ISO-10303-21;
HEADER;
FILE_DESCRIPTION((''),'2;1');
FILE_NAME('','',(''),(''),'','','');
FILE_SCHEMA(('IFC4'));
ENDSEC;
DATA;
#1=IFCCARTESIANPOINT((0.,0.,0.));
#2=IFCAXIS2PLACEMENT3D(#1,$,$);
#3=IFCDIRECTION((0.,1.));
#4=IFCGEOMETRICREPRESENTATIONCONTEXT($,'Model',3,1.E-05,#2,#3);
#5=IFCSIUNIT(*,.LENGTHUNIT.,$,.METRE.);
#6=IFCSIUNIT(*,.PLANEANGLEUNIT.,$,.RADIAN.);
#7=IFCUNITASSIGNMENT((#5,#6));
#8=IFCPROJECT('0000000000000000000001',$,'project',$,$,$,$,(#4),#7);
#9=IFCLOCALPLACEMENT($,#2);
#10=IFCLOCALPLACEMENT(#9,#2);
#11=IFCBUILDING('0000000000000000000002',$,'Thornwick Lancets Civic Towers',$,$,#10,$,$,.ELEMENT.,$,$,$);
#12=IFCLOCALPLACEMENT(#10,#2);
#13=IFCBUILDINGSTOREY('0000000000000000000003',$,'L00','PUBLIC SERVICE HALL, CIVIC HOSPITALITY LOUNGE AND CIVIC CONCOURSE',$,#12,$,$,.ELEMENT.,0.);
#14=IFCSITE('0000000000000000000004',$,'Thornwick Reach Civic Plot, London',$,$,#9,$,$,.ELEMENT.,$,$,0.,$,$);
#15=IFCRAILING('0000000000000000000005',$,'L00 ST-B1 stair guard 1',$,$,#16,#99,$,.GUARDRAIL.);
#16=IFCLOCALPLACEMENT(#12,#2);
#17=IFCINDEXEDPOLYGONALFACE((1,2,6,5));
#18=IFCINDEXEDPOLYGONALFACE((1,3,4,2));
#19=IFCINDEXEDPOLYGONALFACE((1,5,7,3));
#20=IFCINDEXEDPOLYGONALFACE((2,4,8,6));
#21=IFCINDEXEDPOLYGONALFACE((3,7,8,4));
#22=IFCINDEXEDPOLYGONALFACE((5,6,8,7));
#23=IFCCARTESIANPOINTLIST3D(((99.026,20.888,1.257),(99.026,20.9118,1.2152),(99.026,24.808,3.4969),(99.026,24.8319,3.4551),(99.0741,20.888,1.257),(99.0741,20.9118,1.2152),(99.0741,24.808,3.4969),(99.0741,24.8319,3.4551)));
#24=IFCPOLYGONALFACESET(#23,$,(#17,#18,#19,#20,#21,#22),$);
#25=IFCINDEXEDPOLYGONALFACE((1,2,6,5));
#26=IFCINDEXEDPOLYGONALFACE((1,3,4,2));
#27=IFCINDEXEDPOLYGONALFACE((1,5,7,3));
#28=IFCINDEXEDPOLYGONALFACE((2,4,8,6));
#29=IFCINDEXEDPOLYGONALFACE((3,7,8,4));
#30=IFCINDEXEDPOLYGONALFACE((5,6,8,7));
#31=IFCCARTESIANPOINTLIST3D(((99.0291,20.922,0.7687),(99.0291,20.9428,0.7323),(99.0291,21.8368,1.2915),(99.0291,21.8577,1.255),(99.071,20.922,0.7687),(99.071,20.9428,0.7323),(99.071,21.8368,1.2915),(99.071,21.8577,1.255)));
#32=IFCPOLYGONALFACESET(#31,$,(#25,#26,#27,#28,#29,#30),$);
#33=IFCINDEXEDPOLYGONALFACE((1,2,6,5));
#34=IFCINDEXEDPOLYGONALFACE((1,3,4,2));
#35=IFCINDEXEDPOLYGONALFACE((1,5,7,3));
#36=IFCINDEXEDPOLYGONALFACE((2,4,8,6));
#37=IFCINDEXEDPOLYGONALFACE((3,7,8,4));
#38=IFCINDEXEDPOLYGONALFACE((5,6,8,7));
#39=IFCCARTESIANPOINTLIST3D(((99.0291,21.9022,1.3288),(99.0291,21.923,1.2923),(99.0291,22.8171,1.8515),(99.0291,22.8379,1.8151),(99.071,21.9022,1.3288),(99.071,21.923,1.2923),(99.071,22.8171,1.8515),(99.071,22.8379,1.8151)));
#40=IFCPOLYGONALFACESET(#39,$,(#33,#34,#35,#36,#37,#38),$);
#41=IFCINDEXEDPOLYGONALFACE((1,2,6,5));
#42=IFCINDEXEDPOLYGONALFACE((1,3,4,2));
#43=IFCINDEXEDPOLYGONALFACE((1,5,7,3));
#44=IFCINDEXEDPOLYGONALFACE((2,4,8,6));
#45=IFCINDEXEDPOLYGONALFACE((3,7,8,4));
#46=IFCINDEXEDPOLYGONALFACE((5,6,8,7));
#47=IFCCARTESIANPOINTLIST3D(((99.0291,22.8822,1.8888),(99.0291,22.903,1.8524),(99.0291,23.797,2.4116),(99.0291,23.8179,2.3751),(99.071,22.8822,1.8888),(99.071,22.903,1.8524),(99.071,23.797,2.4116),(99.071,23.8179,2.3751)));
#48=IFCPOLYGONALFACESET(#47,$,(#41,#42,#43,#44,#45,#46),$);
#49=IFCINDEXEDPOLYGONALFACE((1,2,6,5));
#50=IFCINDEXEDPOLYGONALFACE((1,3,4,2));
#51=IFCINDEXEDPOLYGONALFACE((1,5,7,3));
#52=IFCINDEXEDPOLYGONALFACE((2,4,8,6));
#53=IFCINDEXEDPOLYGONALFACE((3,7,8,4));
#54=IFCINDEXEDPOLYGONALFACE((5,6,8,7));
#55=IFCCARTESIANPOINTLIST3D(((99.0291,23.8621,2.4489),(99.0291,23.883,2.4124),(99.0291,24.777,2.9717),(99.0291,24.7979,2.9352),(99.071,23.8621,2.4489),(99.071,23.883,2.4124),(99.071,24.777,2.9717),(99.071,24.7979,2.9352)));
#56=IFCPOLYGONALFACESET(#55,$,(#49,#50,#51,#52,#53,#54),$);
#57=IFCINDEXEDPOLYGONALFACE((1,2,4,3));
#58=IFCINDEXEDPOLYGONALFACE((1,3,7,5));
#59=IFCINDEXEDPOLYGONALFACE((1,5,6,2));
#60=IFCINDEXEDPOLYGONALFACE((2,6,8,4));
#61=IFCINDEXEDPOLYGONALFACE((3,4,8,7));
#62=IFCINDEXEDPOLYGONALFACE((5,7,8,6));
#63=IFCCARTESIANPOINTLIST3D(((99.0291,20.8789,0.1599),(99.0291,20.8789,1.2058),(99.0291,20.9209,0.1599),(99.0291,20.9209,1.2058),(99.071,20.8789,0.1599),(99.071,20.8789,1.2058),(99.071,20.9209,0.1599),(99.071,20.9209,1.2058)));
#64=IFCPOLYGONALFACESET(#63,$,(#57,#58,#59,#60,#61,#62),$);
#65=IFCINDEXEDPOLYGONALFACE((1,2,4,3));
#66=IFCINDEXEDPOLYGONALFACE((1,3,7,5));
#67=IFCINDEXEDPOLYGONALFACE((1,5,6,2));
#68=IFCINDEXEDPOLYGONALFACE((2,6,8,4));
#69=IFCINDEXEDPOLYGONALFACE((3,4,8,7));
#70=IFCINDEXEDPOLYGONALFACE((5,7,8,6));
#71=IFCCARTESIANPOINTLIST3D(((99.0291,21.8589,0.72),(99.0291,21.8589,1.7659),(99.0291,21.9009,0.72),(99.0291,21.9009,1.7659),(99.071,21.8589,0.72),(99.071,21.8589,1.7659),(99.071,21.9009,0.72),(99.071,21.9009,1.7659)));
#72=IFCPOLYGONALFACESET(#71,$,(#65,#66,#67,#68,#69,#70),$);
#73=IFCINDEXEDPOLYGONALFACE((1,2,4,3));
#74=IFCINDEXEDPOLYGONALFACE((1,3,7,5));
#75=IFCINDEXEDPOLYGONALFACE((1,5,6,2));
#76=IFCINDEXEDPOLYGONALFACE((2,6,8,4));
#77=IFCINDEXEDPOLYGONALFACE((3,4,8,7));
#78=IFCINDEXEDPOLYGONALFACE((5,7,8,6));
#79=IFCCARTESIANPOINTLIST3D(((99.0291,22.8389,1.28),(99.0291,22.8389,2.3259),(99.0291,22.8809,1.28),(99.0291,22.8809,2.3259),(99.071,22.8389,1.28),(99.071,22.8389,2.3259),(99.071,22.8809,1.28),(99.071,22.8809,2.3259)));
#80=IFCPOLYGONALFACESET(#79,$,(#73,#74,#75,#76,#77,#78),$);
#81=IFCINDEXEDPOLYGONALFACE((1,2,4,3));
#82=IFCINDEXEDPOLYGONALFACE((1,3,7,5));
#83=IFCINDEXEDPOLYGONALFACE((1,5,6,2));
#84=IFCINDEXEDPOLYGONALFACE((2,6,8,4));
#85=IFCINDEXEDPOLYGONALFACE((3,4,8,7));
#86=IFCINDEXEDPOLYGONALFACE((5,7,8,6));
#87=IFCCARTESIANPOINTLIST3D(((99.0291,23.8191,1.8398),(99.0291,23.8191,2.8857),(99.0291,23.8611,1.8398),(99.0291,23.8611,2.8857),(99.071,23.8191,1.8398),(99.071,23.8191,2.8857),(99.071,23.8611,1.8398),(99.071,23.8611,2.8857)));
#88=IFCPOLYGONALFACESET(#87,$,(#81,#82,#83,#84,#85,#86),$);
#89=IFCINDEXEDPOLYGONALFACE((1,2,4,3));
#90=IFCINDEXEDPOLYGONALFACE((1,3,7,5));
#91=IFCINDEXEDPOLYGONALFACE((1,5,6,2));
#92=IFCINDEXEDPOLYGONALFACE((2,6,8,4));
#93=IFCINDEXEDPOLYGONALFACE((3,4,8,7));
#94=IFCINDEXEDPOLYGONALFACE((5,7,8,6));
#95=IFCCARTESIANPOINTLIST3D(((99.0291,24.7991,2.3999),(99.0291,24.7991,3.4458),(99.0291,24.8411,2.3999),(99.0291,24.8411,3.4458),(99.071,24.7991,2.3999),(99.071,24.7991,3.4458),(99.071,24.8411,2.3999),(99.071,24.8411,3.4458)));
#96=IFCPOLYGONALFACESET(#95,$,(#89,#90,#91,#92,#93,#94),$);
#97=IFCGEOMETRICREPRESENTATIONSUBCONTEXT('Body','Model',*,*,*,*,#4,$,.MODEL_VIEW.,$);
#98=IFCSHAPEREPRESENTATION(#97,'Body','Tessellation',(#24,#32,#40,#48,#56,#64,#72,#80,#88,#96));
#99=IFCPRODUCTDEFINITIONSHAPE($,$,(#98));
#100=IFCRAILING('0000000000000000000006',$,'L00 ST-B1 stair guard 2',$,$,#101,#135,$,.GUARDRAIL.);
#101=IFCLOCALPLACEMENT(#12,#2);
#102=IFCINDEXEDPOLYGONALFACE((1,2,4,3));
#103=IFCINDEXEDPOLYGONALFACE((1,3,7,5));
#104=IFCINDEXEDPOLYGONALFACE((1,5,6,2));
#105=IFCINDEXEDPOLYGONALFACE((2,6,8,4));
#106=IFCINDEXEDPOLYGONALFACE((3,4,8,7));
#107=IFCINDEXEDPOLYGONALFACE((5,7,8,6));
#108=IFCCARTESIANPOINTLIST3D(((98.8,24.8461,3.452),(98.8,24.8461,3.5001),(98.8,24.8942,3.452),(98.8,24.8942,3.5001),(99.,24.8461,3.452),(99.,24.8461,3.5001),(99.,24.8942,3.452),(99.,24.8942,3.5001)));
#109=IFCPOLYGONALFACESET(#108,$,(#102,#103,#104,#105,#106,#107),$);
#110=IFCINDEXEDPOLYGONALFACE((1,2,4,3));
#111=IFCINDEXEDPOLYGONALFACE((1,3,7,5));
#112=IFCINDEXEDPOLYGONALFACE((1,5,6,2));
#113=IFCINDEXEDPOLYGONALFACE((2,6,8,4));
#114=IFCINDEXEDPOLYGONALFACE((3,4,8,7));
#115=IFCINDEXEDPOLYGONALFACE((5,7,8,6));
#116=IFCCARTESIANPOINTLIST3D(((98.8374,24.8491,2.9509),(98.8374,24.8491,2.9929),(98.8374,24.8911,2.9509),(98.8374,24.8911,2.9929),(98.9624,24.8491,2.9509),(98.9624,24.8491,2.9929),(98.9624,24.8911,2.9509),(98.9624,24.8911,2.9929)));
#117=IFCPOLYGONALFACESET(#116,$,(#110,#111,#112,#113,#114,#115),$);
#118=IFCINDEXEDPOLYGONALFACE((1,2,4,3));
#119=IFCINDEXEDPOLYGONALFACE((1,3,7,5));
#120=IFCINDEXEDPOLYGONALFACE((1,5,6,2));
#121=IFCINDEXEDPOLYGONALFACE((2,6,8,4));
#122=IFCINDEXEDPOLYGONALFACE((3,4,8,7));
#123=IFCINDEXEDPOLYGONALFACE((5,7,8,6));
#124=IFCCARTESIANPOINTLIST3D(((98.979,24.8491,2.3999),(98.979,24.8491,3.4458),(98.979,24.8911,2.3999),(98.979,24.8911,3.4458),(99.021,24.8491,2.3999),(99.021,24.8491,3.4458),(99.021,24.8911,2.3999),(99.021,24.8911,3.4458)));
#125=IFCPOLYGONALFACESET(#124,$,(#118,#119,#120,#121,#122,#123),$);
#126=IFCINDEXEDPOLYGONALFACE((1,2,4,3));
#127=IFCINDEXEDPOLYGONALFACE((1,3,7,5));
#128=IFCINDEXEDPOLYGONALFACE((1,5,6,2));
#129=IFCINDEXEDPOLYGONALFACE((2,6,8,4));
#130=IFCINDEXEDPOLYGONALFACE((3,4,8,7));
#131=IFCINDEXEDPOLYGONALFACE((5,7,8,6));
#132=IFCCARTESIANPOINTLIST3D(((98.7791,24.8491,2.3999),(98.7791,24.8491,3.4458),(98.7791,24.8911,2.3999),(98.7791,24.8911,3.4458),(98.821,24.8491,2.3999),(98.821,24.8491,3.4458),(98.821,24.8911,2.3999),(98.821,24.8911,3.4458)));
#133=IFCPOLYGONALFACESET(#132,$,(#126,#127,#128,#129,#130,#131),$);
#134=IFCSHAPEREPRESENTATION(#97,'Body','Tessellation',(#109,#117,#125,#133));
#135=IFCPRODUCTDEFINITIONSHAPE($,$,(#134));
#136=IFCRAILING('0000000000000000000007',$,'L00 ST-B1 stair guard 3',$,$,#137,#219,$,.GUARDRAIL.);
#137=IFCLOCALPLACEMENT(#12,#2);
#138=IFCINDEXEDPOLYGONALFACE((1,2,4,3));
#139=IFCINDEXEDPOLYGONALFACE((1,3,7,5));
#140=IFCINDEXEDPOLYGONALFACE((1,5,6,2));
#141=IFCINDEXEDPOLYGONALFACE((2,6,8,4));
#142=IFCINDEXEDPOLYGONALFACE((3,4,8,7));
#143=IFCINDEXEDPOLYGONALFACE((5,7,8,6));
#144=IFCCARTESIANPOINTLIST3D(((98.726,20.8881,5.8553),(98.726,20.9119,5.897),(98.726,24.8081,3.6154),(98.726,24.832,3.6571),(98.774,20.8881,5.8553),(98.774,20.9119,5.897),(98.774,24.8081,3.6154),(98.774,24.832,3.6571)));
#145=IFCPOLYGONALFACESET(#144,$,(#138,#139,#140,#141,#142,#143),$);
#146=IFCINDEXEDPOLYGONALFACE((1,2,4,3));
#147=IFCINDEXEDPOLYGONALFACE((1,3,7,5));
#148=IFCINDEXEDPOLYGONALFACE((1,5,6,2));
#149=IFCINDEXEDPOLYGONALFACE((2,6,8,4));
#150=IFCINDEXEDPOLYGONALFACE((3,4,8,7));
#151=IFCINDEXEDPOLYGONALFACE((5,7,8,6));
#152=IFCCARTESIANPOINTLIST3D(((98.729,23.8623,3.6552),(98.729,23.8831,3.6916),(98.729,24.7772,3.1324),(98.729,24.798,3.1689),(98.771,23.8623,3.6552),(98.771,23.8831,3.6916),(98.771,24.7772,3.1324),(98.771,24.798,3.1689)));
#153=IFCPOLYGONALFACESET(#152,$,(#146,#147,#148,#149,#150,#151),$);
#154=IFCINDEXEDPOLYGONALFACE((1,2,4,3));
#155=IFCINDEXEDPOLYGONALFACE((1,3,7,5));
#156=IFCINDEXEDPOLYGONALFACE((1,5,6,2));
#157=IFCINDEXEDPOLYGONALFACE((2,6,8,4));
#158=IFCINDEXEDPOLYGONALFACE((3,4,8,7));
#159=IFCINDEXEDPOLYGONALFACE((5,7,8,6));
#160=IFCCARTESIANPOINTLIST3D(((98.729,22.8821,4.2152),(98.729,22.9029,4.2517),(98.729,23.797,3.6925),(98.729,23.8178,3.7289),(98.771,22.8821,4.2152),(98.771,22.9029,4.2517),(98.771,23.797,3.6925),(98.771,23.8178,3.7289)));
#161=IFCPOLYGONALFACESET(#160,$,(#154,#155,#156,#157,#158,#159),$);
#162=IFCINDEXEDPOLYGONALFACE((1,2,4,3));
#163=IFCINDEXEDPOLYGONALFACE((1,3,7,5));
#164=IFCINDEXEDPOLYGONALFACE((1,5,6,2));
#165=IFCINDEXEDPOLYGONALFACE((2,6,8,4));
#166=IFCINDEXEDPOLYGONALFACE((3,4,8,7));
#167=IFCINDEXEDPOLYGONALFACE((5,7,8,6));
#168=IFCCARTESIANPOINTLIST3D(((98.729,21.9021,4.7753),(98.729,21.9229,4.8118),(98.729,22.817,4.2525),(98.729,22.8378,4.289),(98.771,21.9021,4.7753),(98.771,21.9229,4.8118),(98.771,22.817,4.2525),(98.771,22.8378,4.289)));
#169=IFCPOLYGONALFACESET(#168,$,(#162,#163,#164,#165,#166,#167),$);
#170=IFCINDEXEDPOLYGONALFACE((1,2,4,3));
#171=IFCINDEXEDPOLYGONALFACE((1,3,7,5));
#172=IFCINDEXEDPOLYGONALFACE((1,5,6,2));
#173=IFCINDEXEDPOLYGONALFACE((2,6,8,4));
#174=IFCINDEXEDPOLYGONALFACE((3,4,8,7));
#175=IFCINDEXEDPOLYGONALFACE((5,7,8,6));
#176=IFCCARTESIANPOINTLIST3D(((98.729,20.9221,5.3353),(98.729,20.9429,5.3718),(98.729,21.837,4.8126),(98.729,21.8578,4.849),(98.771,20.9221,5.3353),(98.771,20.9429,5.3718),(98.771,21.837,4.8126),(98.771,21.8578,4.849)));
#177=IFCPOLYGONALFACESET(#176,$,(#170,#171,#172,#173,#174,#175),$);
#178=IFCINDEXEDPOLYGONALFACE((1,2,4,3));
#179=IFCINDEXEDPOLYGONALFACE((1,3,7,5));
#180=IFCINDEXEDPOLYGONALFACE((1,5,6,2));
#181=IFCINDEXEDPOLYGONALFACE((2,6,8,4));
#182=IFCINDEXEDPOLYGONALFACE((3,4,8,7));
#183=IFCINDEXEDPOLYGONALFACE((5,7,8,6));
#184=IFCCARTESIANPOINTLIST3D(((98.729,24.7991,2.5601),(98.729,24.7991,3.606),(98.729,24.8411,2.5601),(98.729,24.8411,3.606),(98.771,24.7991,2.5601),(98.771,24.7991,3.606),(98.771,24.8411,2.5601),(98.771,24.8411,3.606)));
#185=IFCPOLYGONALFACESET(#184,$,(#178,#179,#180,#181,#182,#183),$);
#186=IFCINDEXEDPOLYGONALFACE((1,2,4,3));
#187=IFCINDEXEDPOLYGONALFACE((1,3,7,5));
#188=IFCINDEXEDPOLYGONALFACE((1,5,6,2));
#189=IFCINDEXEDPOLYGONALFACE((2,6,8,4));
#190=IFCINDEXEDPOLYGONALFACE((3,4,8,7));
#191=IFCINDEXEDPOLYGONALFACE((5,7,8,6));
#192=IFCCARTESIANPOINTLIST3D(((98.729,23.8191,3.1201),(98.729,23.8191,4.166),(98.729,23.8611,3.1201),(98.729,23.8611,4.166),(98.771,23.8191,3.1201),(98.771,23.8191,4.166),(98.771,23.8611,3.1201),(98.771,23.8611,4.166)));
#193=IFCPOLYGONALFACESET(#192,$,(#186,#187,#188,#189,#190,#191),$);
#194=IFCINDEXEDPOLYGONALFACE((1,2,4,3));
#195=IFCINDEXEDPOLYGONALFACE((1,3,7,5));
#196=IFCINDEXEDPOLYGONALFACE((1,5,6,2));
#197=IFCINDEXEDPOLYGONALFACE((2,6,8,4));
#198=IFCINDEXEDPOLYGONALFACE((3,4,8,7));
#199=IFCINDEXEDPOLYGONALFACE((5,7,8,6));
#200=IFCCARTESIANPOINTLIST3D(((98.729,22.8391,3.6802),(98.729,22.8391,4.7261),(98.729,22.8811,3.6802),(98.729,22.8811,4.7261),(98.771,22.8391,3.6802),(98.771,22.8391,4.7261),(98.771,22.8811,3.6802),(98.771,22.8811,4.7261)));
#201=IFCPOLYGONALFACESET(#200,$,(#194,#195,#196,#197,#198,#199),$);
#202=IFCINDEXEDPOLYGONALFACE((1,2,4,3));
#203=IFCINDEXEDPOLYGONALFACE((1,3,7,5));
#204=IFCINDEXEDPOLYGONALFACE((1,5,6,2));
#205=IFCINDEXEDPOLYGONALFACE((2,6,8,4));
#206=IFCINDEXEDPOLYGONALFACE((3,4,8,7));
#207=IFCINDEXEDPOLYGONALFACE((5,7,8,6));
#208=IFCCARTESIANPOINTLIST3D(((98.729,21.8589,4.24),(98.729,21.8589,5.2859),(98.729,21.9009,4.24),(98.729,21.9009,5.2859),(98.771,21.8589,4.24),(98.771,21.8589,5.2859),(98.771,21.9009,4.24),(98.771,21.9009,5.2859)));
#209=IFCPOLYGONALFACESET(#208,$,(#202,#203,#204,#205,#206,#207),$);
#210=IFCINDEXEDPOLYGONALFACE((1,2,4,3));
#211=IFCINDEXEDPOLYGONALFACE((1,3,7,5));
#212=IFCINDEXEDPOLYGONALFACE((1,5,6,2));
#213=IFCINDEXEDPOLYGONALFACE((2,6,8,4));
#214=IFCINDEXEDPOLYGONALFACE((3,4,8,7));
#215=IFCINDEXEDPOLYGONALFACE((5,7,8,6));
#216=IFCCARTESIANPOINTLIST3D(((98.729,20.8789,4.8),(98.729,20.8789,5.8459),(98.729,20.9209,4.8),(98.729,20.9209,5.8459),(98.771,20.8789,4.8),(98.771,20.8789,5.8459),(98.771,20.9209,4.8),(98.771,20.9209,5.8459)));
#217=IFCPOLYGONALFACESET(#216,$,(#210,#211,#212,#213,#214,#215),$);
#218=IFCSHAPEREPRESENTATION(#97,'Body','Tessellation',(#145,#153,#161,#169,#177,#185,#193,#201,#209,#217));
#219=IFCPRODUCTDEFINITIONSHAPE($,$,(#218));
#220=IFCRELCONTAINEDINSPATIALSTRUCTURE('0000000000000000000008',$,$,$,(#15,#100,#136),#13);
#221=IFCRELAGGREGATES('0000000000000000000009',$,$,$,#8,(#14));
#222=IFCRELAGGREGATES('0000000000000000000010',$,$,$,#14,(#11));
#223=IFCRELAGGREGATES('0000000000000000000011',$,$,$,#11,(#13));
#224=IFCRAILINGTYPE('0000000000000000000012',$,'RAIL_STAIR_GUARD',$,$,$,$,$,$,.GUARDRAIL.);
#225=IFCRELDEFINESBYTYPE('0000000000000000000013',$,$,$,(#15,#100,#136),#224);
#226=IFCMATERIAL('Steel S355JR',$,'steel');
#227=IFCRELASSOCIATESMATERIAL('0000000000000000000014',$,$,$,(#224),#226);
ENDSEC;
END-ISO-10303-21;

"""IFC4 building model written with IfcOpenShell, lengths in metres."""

from ifc_helpers import new_model, si_unit, direction, frame, origin, origin_2d, place, context, subcontext, project, spatial, rectangle, extrude, material, type_object, element, save


model = new_model("IFC4")

# Units and contexts
model_context = context("Model", 3, precision=1e-05, world=origin(), true_north=direction((0.0, 1.0)))
body_context = subcontext(model_context, "Body", "Model", "MODEL_VIEW")
ifc_project = project(units=[si_unit("LENGTHUNIT", "METRE"), si_unit("PLANEANGLEUNIT", "RADIAN")], contexts=[model_context])

# Site, building, storey
site_placement = place(None, origin())
site = spatial("IfcSite", under=ifc_project, at=site_placement, Name="Thornwick Reach Civic Plot, London", CompositionType="ELEMENT", RefElevation=0.0)
building_placement = place(site_placement, origin())
building = spatial("IfcBuilding", under=site, at=building_placement, Name="Thornwick Lancets Civic Towers", CompositionType="ELEMENT")
storey_placement = place(building_placement, origin())
storey = spatial("IfcBuildingStorey", under=building, at=storey_placement, Name="L00", Description="PUBLIC SERVICE HALL, CIVIC HOSPITALITY LOUNGE AND CIVIC CONCOURSE", CompositionType="ELEMENT", Elevation=0.0)

# Shared definitions
ifc_material_1 = material(Name="Steel S355JR", Category="steel")

# Railings
railing_type_1 = type_object("IfcRailingType", Name="RAIL_STAIR_GUARD", PredefinedType="GUARDRAIL", material=ifc_material_1)
railing_1_placement = place(storey_placement, frame((99.05, 20.8999, 0.1599)))
element("IfcRailing", 1, at=railing_1_placement, inside=storey, type_object=railing_type_1, Name="L00 ST-B1 stair guard 1", PredefinedType="GUARDRAIL", context=body_context, shape_type="SweptSolid", body=[
    extrude(rectangle(XDim=0.0481, YDim=0.0481, at=origin_2d()), frame((0.0, 0.0, 1.0762), z_axis=(0.0, 0.868253, 0.496121), x_axis=(-1.0, 0.0, 0.0)), (0.0, 0.0, 1.0), 4.5149),
    extrude(rectangle(XDim=0.042, YDim=0.042, at=origin_2d()), frame((0.0, 0.0325, 0.5906), z_axis=(0.0, 0.868253, 0.496121), x_axis=(-1.0, 0.0, 0.0)), (0.0, 0.0, 1.0), 1.0537),
    extrude(rectangle(XDim=0.042, YDim=0.042, at=origin_2d()), frame((0.0, 1.0127, 1.1506), z_axis=(0.0, 0.868253, 0.496121), x_axis=(-1.0, 0.0, 0.0)), (0.0, 0.0, 1.0), 1.0537),
    extrude(rectangle(XDim=0.042, YDim=0.042, at=origin_2d()), frame((0.0, 1.9927, 1.7107), z_axis=(0.0, 0.868253, 0.496121), x_axis=(-1.0, 0.0, 0.0)), (0.0, 0.0, 1.0), 1.0537),
    extrude(rectangle(XDim=0.042, YDim=0.042, at=origin_2d()), frame((0.0, 2.9727, 2.2708), z_axis=(0.0, 0.868253, 0.496121), x_axis=(-1.0, 0.0, 0.0)), (0.0, 0.0, 1.0), 1.0537),
    extrude(rectangle(XDim=0.042, YDim=0.042, at=origin_2d()), origin(), (0.0, 0.0, 1.0), 1.0459),
    extrude(rectangle(XDim=0.042, YDim=0.042, at=origin_2d()), frame((0.0, 0.98, 0.5601)), (0.0, 0.0, 1.0), 1.0459),
    extrude(rectangle(XDim=0.042, YDim=0.042, at=origin_2d()), frame((0.0, 1.96, 1.1201)), (0.0, 0.0, 1.0), 1.0459),
    extrude(rectangle(XDim=0.042, YDim=0.042, at=origin_2d()), frame((0.0, 2.9402, 1.6799)), (0.0, 0.0, 1.0), 1.0459),
    extrude(rectangle(XDim=0.042, YDim=0.042, at=origin_2d()), frame((0.0, 3.9202, 2.24)), (0.0, 0.0, 1.0), 1.0459),
])
railing_2_placement = place(storey_placement, frame((99.0, 24.8701, 2.3999)))
element("IfcRailing", 2, at=railing_2_placement, inside=storey, type_object=railing_type_1, Name="L00 ST-B1 stair guard 2", PredefinedType="GUARDRAIL", context=body_context, shape_type="SweptSolid", body=[
    extrude(rectangle(XDim=0.0481, YDim=0.0481, at=origin_2d()), frame((0.0, 0.0, 1.0762), z_axis=(-1.0, 0.0, 0.0), x_axis=(0.0, -1.0, 0.0)), (0.0, 0.0, 1.0), 0.2),
    extrude(rectangle(XDim=0.042, YDim=0.042, at=origin_2d()), frame((-0.0376, 0.0, 0.572), z_axis=(-1.0, 0.0, 0.0), x_axis=(0.0, -1.0, 0.0)), (0.0, 0.0, 1.0), 0.125),
    extrude(rectangle(XDim=0.042, YDim=0.042, at=origin_2d()), origin(), (0.0, 0.0, 1.0), 1.0459),
    extrude(rectangle(XDim=0.042, YDim=0.042, at=origin_2d()), frame((-0.2, 0.0, 0.0)), (0.0, 0.0, 1.0), 1.0459),
])
railing_3_placement = place(storey_placement, frame((98.75, 24.8201, 2.5601)))
element("IfcRailing", 3, at=railing_3_placement, inside=storey, type_object=railing_type_1, Name="L00 ST-B1 stair guard 3", PredefinedType="GUARDRAIL", context=body_context, shape_type="SweptSolid", body=[
    extrude(rectangle(XDim=0.0481, YDim=0.0481, at=origin_2d()), frame((0.0, 0.0, 1.0762), z_axis=(0.0, -0.868253, 0.496121), x_axis=(1.0, 0.0, 0.0)), (0.0, 0.0, 1.0), 4.5149),
    extrude(rectangle(XDim=0.042, YDim=0.042, at=origin_2d()), frame((0.0, -0.0325, 0.5906), z_axis=(0.0, -0.868253, 0.496121), x_axis=(1.0, 0.0, 0.0)), (0.0, 0.0, 1.0), 1.0537),
    extrude(rectangle(XDim=0.042, YDim=0.042, at=origin_2d()), frame((0.0, -1.0127, 1.1506), z_axis=(0.0, -0.868253, 0.496121), x_axis=(1.0, 0.0, 0.0)), (0.0, 0.0, 1.0), 1.0537),
    extrude(rectangle(XDim=0.042, YDim=0.042, at=origin_2d()), frame((0.0, -1.9927, 1.7107), z_axis=(0.0, -0.868253, 0.496121), x_axis=(1.0, 0.0, 0.0)), (0.0, 0.0, 1.0), 1.0537),
    extrude(rectangle(XDim=0.042, YDim=0.042, at=origin_2d()), frame((0.0, -2.9727, 2.2708), z_axis=(0.0, -0.868253, 0.496121), x_axis=(1.0, 0.0, 0.0)), (0.0, 0.0, 1.0), 1.0537),
    extrude(rectangle(XDim=0.042, YDim=0.042, at=origin_2d()), origin(), (0.0, 0.0, 1.0), 1.0459),
    extrude(rectangle(XDim=0.042, YDim=0.042, at=origin_2d()), frame((0.0, -0.98, 0.5601)), (0.0, 0.0, 1.0), 1.0459),
    extrude(rectangle(XDim=0.042, YDim=0.042, at=origin_2d()), frame((0.0, -1.96, 1.1201)), (0.0, 0.0, 1.0), 1.0459),
    extrude(rectangle(XDim=0.042, YDim=0.042, at=origin_2d()), frame((0.0, -2.9402, 1.6799)), (0.0, 0.0, 1.0), 1.0459),
    extrude(rectangle(XDim=0.042, YDim=0.042, at=origin_2d()), frame((0.0, -3.9202, 2.24)), (0.0, 0.0, 1.0), 1.0459),
])

save(model, "model.ifc")
